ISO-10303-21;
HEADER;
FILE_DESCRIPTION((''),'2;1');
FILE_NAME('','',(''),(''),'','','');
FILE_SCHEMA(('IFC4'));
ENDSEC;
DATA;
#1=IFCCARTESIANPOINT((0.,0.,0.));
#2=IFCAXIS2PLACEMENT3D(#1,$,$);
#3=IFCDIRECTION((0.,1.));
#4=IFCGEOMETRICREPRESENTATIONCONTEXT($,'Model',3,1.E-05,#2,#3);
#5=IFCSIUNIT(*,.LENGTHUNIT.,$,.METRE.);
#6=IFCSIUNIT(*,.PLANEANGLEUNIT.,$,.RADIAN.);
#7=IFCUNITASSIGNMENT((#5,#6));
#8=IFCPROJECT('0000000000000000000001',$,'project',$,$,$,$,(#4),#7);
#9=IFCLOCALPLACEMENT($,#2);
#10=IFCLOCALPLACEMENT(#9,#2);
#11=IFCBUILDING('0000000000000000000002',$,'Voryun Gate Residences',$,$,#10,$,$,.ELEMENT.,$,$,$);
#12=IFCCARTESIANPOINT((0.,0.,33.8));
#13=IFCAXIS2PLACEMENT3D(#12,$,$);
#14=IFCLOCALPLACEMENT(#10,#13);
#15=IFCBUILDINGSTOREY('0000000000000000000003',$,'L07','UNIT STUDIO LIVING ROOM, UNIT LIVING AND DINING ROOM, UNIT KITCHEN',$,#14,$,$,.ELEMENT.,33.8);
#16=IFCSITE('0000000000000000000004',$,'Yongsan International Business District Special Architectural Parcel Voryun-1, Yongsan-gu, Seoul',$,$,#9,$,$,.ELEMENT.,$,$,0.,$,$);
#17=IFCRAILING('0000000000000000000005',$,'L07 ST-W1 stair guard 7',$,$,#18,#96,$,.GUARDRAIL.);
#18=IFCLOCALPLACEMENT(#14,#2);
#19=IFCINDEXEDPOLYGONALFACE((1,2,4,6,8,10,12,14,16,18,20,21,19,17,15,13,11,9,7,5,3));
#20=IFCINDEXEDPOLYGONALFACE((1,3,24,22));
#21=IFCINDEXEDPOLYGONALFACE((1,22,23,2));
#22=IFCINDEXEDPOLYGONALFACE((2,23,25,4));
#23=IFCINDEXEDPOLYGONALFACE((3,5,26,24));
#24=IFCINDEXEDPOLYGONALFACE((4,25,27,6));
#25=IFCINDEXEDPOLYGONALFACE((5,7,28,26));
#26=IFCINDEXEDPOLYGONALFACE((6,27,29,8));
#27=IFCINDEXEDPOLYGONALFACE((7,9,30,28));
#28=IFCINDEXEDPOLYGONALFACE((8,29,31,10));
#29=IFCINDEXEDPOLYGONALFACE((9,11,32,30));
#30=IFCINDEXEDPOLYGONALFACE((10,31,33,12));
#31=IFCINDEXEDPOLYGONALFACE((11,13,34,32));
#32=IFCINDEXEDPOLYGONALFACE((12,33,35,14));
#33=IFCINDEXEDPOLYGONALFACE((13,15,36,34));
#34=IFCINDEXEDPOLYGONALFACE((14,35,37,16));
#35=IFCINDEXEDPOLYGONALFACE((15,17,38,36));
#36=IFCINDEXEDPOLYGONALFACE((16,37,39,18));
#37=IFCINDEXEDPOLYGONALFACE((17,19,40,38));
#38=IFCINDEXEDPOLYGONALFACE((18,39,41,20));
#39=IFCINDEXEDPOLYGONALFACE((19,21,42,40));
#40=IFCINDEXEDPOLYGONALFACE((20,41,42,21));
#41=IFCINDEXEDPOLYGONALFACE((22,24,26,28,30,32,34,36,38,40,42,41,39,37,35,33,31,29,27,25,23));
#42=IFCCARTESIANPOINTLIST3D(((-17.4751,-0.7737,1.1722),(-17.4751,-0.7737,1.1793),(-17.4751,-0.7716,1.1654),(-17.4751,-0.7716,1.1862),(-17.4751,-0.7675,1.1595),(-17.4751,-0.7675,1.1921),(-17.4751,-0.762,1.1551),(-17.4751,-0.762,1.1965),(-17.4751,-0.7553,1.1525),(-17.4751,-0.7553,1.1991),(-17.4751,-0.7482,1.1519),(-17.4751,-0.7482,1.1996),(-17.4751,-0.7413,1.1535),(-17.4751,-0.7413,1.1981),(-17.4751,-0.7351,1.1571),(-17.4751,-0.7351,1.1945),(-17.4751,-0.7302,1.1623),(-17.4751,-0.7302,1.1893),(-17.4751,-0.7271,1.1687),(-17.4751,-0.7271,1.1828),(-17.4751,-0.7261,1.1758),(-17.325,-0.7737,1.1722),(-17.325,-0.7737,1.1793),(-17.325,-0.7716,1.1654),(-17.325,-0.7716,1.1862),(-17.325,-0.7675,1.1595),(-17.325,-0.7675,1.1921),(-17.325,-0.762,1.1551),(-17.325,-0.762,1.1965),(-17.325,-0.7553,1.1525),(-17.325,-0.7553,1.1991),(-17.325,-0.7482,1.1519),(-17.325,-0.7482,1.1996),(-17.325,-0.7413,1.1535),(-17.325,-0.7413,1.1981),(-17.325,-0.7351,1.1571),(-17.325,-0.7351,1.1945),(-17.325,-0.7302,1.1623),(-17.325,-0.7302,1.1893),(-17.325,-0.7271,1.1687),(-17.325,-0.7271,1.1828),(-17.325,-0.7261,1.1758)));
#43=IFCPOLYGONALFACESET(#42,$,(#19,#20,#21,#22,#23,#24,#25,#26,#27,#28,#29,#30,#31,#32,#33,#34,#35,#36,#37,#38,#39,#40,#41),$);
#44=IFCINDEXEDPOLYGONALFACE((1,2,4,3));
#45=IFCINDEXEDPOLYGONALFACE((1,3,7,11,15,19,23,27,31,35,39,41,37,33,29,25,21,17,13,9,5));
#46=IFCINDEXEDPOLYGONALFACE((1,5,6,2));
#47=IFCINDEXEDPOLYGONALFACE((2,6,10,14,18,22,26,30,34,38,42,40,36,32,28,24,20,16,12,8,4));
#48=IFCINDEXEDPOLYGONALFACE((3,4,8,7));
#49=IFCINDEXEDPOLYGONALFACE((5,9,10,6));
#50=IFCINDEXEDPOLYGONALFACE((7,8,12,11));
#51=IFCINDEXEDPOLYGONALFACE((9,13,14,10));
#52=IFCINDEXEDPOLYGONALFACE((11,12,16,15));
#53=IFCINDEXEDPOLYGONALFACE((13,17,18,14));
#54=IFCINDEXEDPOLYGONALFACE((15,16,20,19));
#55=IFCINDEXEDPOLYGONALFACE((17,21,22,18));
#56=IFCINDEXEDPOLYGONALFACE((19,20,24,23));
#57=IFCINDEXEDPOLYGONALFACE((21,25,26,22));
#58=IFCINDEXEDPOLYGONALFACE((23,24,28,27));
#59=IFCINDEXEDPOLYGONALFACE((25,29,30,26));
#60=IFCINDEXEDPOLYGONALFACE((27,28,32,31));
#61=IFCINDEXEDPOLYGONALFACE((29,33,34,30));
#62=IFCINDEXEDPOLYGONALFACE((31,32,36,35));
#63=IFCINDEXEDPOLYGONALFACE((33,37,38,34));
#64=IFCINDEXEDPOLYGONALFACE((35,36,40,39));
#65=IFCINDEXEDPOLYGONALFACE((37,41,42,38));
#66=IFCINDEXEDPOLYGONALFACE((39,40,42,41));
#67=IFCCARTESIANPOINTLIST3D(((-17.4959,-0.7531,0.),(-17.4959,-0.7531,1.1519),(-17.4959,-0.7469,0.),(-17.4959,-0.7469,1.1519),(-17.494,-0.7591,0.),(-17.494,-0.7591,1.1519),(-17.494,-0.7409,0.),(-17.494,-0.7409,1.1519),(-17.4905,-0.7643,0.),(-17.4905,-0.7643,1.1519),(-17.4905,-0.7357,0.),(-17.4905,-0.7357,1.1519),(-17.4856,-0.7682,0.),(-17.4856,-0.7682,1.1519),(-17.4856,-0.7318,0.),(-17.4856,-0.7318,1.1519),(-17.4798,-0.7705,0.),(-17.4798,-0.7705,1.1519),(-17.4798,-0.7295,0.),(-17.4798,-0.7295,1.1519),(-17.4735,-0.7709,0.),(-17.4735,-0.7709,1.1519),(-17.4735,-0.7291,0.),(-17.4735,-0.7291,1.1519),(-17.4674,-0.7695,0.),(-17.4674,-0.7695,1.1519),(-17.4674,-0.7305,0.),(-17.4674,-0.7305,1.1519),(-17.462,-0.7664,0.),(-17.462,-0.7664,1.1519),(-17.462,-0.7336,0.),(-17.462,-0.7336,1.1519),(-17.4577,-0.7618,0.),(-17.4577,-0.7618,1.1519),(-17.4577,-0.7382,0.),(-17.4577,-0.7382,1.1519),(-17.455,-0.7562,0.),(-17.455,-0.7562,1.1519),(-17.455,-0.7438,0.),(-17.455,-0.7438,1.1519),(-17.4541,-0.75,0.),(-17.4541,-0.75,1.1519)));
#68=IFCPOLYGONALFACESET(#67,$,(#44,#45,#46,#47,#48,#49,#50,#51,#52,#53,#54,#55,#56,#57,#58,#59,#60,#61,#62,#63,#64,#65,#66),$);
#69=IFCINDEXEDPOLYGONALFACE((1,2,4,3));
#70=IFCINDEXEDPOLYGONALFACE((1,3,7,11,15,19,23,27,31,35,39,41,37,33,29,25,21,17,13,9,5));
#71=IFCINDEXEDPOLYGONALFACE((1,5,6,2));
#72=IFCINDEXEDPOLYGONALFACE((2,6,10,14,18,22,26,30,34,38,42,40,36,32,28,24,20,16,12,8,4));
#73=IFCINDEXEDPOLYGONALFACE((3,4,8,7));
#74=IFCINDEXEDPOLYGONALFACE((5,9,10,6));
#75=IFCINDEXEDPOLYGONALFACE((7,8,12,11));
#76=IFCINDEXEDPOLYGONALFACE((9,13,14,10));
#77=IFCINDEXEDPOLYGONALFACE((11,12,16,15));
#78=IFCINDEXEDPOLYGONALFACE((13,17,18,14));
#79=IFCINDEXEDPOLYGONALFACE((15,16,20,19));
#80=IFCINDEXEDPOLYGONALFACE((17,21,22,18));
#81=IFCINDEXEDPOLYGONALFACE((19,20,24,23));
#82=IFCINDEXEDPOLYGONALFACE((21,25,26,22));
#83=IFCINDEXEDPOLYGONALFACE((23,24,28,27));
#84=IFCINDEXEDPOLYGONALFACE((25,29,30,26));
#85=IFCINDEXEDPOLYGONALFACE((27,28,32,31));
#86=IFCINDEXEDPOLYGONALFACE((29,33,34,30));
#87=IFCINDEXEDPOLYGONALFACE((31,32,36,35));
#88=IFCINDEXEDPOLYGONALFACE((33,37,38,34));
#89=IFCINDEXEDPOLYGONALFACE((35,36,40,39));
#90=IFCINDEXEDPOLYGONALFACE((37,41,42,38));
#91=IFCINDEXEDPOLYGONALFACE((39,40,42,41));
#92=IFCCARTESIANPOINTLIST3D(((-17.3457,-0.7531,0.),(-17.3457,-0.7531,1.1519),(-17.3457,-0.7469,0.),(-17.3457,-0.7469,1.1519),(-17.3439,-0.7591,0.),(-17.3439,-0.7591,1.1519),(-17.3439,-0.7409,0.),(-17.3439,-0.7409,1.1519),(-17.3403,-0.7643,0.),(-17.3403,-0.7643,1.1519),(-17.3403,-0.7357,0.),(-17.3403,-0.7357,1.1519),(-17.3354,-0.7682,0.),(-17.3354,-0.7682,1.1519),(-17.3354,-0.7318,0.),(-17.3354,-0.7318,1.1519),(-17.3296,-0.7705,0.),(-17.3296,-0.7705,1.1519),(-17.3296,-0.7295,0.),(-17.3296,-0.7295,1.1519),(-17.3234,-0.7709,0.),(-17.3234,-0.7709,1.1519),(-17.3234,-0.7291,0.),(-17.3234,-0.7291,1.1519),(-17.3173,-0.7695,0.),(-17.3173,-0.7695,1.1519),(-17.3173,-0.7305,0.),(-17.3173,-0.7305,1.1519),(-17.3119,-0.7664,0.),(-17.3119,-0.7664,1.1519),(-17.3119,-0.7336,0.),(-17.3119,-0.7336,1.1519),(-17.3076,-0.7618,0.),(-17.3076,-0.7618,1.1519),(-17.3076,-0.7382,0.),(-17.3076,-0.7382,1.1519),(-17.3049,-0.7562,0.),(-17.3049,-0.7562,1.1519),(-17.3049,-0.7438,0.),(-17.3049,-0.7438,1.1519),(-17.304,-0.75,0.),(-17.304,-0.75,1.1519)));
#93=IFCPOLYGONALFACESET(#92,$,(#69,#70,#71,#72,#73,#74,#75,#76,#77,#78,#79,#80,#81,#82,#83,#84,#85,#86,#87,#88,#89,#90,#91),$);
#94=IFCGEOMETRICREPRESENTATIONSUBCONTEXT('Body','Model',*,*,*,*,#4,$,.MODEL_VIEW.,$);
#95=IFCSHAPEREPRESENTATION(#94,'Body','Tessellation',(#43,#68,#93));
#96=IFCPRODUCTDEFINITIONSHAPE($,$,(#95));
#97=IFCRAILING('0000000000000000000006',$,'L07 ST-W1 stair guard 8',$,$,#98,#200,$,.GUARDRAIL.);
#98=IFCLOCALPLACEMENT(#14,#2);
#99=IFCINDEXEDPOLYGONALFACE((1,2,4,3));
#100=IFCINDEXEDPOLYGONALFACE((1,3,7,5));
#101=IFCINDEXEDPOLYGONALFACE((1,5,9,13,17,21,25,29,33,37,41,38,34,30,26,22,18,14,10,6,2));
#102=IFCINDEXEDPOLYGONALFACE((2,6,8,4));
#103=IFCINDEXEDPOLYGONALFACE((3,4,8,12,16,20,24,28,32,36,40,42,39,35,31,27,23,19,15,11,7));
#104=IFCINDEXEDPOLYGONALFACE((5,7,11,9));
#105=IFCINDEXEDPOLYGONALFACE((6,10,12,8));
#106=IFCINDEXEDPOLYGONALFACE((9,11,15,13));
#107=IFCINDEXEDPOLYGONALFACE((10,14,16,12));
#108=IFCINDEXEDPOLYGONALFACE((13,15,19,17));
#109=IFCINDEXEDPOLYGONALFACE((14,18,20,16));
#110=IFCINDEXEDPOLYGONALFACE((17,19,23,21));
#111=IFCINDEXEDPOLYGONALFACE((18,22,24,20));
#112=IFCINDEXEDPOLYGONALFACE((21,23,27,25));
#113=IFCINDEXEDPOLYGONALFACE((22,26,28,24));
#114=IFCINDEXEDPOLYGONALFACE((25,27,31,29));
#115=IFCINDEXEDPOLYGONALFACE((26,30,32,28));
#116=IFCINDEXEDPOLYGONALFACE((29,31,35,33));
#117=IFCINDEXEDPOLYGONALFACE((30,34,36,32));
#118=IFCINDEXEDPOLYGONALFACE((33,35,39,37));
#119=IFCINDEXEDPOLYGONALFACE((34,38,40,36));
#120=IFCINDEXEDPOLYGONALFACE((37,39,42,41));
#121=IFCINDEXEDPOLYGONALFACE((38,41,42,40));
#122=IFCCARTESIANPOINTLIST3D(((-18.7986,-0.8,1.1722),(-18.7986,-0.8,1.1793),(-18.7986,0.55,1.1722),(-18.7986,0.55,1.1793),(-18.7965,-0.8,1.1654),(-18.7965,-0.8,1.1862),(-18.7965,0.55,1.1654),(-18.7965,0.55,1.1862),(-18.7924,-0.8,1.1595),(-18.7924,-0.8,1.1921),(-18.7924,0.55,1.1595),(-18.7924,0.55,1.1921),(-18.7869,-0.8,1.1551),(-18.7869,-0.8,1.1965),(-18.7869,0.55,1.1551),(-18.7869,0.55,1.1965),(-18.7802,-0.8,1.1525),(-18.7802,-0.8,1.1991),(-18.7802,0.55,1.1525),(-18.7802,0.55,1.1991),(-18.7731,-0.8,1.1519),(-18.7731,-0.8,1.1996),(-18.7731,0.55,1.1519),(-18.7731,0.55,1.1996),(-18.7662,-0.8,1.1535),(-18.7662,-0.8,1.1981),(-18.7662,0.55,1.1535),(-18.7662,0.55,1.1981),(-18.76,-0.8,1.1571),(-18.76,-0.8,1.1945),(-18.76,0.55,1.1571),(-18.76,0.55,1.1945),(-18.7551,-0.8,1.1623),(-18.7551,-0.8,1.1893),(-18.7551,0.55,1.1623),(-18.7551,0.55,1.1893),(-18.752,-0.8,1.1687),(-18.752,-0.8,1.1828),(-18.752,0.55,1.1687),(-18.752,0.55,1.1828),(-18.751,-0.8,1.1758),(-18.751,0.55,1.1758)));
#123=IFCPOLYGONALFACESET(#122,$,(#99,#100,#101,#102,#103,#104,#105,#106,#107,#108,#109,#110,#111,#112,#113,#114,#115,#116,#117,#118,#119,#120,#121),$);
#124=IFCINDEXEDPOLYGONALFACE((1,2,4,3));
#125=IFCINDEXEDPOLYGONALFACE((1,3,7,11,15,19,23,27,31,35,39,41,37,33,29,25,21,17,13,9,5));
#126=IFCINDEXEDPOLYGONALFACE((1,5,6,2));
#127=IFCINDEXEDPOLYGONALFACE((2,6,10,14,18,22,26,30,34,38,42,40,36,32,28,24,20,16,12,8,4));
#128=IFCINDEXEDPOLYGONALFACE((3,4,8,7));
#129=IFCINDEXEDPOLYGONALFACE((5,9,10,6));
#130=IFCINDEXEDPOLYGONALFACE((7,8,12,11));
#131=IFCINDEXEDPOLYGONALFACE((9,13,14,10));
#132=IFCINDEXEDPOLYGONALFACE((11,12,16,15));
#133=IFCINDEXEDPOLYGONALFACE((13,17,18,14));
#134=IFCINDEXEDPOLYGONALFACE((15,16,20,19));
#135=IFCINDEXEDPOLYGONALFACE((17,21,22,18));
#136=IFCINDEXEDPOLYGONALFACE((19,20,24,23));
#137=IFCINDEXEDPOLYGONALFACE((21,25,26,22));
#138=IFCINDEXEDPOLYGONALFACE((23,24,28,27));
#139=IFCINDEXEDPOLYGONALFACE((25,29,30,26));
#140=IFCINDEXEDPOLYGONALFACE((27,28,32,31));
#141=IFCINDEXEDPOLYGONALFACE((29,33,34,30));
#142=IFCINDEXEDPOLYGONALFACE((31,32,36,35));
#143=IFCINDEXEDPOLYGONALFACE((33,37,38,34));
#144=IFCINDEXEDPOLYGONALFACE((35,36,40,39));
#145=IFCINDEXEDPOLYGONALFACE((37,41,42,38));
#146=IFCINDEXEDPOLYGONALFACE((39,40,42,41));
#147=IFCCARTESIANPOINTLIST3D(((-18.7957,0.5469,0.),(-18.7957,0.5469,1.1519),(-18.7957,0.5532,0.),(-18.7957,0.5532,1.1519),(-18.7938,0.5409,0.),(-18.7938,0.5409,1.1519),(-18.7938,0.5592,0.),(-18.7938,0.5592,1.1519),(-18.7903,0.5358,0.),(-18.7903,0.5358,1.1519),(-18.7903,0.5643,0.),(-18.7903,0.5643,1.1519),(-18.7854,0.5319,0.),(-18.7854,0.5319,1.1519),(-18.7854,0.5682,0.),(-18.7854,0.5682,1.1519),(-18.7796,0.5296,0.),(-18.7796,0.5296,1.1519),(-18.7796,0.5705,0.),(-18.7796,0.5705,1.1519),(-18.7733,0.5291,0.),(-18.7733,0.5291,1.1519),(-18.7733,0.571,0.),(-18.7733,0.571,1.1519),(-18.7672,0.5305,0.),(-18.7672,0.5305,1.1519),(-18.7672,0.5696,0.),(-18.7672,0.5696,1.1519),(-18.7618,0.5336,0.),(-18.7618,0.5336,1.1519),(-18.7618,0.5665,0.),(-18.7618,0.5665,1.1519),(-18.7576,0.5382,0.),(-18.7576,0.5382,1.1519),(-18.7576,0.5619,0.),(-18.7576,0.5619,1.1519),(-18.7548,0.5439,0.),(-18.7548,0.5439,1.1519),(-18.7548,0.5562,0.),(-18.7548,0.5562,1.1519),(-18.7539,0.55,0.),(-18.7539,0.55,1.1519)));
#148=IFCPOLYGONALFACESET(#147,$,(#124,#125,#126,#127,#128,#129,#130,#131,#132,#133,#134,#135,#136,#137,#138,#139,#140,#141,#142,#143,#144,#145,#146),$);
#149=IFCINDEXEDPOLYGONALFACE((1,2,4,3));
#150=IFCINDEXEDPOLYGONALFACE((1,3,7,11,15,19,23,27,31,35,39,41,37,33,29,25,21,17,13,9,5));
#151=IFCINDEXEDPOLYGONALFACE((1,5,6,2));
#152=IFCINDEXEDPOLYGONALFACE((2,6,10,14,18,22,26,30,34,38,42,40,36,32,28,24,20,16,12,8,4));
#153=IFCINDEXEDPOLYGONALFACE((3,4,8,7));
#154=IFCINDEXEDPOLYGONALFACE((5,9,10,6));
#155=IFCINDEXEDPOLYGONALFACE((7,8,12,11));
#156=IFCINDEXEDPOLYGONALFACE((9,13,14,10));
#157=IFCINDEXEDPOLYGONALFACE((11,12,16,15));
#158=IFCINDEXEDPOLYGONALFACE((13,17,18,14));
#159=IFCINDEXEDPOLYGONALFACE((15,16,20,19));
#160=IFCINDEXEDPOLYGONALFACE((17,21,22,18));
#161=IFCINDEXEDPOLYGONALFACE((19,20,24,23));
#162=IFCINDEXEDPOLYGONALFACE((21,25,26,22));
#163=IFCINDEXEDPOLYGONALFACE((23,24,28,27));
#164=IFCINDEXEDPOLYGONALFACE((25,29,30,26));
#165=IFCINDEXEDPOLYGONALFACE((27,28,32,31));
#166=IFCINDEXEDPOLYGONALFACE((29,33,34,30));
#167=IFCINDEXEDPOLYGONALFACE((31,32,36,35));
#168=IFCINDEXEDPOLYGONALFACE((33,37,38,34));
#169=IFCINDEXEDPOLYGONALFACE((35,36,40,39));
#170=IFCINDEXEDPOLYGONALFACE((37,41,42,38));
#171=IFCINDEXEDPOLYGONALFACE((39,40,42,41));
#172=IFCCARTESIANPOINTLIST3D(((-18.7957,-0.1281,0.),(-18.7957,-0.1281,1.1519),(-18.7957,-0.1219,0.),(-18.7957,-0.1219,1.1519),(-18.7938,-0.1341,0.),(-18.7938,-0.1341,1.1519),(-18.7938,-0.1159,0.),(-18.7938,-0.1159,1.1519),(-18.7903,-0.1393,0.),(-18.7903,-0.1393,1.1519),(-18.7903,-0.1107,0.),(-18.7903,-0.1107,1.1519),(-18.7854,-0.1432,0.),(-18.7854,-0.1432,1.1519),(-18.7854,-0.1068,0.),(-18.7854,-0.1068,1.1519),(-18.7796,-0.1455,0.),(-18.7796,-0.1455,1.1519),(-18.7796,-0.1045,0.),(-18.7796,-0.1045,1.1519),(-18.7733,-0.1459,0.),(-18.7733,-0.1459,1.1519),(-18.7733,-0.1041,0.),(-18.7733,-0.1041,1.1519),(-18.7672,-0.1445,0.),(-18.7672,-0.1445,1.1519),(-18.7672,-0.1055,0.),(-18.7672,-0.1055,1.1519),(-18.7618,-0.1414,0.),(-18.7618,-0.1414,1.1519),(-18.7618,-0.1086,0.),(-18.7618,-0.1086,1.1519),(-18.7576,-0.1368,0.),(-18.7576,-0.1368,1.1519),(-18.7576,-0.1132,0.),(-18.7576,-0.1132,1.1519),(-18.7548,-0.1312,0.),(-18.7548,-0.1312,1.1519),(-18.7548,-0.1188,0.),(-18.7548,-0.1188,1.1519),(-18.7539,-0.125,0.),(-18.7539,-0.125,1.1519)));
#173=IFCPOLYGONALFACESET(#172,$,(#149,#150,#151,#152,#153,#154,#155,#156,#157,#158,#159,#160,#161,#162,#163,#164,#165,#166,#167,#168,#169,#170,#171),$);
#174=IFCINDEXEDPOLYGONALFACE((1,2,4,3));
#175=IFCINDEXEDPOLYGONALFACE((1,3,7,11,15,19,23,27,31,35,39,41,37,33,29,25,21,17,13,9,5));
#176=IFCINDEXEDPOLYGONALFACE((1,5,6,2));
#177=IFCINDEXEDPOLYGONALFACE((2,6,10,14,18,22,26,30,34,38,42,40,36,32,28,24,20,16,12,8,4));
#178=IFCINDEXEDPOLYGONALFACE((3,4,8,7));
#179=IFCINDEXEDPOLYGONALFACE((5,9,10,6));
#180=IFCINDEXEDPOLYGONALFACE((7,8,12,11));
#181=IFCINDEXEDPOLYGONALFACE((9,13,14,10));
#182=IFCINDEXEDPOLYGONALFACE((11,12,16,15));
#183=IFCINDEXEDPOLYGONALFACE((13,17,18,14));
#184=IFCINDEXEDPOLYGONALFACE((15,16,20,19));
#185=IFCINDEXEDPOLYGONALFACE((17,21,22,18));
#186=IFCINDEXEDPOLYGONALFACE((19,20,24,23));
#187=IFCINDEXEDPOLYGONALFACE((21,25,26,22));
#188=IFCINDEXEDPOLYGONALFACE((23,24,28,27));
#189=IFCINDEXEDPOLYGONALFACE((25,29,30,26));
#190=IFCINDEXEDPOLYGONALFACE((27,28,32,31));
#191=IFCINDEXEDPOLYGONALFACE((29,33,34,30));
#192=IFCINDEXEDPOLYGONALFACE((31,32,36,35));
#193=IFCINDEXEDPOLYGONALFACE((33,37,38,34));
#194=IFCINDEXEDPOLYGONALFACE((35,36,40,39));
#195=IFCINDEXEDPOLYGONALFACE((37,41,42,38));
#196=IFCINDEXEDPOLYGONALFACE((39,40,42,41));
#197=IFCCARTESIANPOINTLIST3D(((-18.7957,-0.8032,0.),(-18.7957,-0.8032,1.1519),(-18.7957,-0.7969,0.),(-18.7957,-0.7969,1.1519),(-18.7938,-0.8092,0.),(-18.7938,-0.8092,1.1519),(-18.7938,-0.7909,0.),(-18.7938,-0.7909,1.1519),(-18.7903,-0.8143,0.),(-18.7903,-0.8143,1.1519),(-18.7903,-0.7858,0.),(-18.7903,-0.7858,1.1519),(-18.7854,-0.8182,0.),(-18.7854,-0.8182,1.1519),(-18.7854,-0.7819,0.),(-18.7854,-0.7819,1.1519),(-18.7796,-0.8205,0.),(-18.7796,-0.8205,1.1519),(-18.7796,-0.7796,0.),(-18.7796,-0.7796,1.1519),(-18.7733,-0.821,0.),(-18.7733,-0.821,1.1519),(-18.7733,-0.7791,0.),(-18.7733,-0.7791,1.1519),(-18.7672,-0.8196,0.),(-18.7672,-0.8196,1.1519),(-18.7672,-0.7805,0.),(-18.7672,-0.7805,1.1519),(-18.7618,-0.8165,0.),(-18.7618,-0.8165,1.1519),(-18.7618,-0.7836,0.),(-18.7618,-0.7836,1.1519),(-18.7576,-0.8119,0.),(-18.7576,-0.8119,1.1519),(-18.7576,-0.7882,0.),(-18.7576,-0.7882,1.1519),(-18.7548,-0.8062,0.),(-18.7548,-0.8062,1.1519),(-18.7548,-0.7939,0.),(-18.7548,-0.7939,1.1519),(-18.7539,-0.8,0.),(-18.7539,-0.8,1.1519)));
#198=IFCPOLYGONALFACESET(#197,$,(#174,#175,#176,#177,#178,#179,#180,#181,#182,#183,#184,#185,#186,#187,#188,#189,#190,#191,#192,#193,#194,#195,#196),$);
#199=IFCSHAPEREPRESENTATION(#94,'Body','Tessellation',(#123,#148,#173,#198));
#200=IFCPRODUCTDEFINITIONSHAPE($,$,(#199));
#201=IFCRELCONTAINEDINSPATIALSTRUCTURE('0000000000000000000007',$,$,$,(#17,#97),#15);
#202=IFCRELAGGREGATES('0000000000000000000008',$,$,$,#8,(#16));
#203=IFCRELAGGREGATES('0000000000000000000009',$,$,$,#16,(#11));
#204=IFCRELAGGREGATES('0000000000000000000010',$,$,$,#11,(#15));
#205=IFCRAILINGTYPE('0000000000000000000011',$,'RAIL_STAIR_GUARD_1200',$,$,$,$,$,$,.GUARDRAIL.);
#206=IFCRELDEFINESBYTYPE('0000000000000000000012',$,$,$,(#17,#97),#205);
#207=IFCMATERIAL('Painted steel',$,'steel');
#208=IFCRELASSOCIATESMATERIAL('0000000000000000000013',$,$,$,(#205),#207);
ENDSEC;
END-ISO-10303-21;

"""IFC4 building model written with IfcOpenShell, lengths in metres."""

from ifc_helpers import new_model, si_unit, direction, frame, origin, origin_2d, place, context, subcontext, project, spatial, circle, extrude, material, type_object, element, save


model = new_model("IFC4")

# Units and contexts
model_context = context("Model", 3, precision=1e-05, world=origin(), true_north=direction((0.0, 1.0)))
body_context = subcontext(model_context, "Body", "Model", "MODEL_VIEW")
ifc_project = project(units=[si_unit("LENGTHUNIT", "METRE"), si_unit("PLANEANGLEUNIT", "RADIAN")], contexts=[model_context])

# Site, building, storey
site_placement = place(None, origin())
site = spatial("IfcSite", under=ifc_project, at=site_placement, Name="Yongsan International Business District Special Architectural Parcel Voryun-1, Yongsan-gu, Seoul", CompositionType="ELEMENT", RefElevation=0.0)
building_placement = place(site_placement, origin())
building = spatial("IfcBuilding", under=site, at=building_placement, Name="Voryun Gate Residences", CompositionType="ELEMENT")
storey_placement = place(building_placement, frame((0.0, 0.0, 33.8)))
storey = spatial("IfcBuildingStorey", under=building, at=storey_placement, Name="L07", Description="UNIT STUDIO LIVING ROOM, UNIT LIVING AND DINING ROOM, UNIT KITCHEN", CompositionType="ELEMENT", Elevation=33.8)

# Railings
ifc_material_1 = material(Name="Painted steel", Category="steel")
railing_type = type_object("IfcRailingType", Name="RAIL_STAIR_GUARD_1200", PredefinedType="GUARDRAIL", material=ifc_material_1)
railing_1_placement = place(storey_placement, frame((-17.4751, -0.75, 0.0)))
element("IfcRailing", 1, at=railing_1_placement, inside=storey, type_object=railing_type, Name="L07 ST-W1 stair guard 7", PredefinedType="GUARDRAIL", context=body_context, shape_type="SweptSolid", body=[
    extrude(circle(Radius=0.0239, at=origin_2d()), frame((0.0, 0.0, 1.1758), z_axis=(1.0, 0.0, 0.0), x_axis=(0.0, 1.0, 0.0)), (0.0, 0.0, 1.0), 0.1501),
    extrude(circle(Radius=0.021, at=origin_2d()), origin(), (0.0, 0.0, 1.0), 1.1519),
    extrude(circle(Radius=0.021, at=origin_2d()), frame((0.1501, 0.0, 0.0)), (0.0, 0.0, 1.0), 1.1519),
])
for number, where, name in (
    (2, (-18.7749, 0.55, 0.0), "L07 ST-W1 stair guard 8"),
):
    element("IfcRailing", number, at=place(storey_placement, frame(where)), inside=storey, type_object=railing_type, Name=name, PredefinedType="GUARDRAIL", context=body_context, shape_type="SweptSolid", body=[
        extrude(circle(Radius=0.0239, at=origin_2d()), frame((0.0, 0.0, 1.1758), z_axis=(0.0, -1.0, 0.0), x_axis=(1.0, 0.0, 0.0)), (0.0, 0.0, 1.0), 1.3501),
        extrude(circle(Radius=0.021, at=origin_2d()), origin(), (0.0, 0.0, 1.0), 1.1519),
        extrude(circle(Radius=0.021, at=origin_2d()), frame((0.0, -0.675, 0.0)), (0.0, 0.0, 1.0), 1.1519),
        extrude(circle(Radius=0.021, at=origin_2d()), frame((0.0, -1.3501, 0.0)), (0.0, 0.0, 1.0), 1.1519),
    ])

save(model, "model.ifc")
